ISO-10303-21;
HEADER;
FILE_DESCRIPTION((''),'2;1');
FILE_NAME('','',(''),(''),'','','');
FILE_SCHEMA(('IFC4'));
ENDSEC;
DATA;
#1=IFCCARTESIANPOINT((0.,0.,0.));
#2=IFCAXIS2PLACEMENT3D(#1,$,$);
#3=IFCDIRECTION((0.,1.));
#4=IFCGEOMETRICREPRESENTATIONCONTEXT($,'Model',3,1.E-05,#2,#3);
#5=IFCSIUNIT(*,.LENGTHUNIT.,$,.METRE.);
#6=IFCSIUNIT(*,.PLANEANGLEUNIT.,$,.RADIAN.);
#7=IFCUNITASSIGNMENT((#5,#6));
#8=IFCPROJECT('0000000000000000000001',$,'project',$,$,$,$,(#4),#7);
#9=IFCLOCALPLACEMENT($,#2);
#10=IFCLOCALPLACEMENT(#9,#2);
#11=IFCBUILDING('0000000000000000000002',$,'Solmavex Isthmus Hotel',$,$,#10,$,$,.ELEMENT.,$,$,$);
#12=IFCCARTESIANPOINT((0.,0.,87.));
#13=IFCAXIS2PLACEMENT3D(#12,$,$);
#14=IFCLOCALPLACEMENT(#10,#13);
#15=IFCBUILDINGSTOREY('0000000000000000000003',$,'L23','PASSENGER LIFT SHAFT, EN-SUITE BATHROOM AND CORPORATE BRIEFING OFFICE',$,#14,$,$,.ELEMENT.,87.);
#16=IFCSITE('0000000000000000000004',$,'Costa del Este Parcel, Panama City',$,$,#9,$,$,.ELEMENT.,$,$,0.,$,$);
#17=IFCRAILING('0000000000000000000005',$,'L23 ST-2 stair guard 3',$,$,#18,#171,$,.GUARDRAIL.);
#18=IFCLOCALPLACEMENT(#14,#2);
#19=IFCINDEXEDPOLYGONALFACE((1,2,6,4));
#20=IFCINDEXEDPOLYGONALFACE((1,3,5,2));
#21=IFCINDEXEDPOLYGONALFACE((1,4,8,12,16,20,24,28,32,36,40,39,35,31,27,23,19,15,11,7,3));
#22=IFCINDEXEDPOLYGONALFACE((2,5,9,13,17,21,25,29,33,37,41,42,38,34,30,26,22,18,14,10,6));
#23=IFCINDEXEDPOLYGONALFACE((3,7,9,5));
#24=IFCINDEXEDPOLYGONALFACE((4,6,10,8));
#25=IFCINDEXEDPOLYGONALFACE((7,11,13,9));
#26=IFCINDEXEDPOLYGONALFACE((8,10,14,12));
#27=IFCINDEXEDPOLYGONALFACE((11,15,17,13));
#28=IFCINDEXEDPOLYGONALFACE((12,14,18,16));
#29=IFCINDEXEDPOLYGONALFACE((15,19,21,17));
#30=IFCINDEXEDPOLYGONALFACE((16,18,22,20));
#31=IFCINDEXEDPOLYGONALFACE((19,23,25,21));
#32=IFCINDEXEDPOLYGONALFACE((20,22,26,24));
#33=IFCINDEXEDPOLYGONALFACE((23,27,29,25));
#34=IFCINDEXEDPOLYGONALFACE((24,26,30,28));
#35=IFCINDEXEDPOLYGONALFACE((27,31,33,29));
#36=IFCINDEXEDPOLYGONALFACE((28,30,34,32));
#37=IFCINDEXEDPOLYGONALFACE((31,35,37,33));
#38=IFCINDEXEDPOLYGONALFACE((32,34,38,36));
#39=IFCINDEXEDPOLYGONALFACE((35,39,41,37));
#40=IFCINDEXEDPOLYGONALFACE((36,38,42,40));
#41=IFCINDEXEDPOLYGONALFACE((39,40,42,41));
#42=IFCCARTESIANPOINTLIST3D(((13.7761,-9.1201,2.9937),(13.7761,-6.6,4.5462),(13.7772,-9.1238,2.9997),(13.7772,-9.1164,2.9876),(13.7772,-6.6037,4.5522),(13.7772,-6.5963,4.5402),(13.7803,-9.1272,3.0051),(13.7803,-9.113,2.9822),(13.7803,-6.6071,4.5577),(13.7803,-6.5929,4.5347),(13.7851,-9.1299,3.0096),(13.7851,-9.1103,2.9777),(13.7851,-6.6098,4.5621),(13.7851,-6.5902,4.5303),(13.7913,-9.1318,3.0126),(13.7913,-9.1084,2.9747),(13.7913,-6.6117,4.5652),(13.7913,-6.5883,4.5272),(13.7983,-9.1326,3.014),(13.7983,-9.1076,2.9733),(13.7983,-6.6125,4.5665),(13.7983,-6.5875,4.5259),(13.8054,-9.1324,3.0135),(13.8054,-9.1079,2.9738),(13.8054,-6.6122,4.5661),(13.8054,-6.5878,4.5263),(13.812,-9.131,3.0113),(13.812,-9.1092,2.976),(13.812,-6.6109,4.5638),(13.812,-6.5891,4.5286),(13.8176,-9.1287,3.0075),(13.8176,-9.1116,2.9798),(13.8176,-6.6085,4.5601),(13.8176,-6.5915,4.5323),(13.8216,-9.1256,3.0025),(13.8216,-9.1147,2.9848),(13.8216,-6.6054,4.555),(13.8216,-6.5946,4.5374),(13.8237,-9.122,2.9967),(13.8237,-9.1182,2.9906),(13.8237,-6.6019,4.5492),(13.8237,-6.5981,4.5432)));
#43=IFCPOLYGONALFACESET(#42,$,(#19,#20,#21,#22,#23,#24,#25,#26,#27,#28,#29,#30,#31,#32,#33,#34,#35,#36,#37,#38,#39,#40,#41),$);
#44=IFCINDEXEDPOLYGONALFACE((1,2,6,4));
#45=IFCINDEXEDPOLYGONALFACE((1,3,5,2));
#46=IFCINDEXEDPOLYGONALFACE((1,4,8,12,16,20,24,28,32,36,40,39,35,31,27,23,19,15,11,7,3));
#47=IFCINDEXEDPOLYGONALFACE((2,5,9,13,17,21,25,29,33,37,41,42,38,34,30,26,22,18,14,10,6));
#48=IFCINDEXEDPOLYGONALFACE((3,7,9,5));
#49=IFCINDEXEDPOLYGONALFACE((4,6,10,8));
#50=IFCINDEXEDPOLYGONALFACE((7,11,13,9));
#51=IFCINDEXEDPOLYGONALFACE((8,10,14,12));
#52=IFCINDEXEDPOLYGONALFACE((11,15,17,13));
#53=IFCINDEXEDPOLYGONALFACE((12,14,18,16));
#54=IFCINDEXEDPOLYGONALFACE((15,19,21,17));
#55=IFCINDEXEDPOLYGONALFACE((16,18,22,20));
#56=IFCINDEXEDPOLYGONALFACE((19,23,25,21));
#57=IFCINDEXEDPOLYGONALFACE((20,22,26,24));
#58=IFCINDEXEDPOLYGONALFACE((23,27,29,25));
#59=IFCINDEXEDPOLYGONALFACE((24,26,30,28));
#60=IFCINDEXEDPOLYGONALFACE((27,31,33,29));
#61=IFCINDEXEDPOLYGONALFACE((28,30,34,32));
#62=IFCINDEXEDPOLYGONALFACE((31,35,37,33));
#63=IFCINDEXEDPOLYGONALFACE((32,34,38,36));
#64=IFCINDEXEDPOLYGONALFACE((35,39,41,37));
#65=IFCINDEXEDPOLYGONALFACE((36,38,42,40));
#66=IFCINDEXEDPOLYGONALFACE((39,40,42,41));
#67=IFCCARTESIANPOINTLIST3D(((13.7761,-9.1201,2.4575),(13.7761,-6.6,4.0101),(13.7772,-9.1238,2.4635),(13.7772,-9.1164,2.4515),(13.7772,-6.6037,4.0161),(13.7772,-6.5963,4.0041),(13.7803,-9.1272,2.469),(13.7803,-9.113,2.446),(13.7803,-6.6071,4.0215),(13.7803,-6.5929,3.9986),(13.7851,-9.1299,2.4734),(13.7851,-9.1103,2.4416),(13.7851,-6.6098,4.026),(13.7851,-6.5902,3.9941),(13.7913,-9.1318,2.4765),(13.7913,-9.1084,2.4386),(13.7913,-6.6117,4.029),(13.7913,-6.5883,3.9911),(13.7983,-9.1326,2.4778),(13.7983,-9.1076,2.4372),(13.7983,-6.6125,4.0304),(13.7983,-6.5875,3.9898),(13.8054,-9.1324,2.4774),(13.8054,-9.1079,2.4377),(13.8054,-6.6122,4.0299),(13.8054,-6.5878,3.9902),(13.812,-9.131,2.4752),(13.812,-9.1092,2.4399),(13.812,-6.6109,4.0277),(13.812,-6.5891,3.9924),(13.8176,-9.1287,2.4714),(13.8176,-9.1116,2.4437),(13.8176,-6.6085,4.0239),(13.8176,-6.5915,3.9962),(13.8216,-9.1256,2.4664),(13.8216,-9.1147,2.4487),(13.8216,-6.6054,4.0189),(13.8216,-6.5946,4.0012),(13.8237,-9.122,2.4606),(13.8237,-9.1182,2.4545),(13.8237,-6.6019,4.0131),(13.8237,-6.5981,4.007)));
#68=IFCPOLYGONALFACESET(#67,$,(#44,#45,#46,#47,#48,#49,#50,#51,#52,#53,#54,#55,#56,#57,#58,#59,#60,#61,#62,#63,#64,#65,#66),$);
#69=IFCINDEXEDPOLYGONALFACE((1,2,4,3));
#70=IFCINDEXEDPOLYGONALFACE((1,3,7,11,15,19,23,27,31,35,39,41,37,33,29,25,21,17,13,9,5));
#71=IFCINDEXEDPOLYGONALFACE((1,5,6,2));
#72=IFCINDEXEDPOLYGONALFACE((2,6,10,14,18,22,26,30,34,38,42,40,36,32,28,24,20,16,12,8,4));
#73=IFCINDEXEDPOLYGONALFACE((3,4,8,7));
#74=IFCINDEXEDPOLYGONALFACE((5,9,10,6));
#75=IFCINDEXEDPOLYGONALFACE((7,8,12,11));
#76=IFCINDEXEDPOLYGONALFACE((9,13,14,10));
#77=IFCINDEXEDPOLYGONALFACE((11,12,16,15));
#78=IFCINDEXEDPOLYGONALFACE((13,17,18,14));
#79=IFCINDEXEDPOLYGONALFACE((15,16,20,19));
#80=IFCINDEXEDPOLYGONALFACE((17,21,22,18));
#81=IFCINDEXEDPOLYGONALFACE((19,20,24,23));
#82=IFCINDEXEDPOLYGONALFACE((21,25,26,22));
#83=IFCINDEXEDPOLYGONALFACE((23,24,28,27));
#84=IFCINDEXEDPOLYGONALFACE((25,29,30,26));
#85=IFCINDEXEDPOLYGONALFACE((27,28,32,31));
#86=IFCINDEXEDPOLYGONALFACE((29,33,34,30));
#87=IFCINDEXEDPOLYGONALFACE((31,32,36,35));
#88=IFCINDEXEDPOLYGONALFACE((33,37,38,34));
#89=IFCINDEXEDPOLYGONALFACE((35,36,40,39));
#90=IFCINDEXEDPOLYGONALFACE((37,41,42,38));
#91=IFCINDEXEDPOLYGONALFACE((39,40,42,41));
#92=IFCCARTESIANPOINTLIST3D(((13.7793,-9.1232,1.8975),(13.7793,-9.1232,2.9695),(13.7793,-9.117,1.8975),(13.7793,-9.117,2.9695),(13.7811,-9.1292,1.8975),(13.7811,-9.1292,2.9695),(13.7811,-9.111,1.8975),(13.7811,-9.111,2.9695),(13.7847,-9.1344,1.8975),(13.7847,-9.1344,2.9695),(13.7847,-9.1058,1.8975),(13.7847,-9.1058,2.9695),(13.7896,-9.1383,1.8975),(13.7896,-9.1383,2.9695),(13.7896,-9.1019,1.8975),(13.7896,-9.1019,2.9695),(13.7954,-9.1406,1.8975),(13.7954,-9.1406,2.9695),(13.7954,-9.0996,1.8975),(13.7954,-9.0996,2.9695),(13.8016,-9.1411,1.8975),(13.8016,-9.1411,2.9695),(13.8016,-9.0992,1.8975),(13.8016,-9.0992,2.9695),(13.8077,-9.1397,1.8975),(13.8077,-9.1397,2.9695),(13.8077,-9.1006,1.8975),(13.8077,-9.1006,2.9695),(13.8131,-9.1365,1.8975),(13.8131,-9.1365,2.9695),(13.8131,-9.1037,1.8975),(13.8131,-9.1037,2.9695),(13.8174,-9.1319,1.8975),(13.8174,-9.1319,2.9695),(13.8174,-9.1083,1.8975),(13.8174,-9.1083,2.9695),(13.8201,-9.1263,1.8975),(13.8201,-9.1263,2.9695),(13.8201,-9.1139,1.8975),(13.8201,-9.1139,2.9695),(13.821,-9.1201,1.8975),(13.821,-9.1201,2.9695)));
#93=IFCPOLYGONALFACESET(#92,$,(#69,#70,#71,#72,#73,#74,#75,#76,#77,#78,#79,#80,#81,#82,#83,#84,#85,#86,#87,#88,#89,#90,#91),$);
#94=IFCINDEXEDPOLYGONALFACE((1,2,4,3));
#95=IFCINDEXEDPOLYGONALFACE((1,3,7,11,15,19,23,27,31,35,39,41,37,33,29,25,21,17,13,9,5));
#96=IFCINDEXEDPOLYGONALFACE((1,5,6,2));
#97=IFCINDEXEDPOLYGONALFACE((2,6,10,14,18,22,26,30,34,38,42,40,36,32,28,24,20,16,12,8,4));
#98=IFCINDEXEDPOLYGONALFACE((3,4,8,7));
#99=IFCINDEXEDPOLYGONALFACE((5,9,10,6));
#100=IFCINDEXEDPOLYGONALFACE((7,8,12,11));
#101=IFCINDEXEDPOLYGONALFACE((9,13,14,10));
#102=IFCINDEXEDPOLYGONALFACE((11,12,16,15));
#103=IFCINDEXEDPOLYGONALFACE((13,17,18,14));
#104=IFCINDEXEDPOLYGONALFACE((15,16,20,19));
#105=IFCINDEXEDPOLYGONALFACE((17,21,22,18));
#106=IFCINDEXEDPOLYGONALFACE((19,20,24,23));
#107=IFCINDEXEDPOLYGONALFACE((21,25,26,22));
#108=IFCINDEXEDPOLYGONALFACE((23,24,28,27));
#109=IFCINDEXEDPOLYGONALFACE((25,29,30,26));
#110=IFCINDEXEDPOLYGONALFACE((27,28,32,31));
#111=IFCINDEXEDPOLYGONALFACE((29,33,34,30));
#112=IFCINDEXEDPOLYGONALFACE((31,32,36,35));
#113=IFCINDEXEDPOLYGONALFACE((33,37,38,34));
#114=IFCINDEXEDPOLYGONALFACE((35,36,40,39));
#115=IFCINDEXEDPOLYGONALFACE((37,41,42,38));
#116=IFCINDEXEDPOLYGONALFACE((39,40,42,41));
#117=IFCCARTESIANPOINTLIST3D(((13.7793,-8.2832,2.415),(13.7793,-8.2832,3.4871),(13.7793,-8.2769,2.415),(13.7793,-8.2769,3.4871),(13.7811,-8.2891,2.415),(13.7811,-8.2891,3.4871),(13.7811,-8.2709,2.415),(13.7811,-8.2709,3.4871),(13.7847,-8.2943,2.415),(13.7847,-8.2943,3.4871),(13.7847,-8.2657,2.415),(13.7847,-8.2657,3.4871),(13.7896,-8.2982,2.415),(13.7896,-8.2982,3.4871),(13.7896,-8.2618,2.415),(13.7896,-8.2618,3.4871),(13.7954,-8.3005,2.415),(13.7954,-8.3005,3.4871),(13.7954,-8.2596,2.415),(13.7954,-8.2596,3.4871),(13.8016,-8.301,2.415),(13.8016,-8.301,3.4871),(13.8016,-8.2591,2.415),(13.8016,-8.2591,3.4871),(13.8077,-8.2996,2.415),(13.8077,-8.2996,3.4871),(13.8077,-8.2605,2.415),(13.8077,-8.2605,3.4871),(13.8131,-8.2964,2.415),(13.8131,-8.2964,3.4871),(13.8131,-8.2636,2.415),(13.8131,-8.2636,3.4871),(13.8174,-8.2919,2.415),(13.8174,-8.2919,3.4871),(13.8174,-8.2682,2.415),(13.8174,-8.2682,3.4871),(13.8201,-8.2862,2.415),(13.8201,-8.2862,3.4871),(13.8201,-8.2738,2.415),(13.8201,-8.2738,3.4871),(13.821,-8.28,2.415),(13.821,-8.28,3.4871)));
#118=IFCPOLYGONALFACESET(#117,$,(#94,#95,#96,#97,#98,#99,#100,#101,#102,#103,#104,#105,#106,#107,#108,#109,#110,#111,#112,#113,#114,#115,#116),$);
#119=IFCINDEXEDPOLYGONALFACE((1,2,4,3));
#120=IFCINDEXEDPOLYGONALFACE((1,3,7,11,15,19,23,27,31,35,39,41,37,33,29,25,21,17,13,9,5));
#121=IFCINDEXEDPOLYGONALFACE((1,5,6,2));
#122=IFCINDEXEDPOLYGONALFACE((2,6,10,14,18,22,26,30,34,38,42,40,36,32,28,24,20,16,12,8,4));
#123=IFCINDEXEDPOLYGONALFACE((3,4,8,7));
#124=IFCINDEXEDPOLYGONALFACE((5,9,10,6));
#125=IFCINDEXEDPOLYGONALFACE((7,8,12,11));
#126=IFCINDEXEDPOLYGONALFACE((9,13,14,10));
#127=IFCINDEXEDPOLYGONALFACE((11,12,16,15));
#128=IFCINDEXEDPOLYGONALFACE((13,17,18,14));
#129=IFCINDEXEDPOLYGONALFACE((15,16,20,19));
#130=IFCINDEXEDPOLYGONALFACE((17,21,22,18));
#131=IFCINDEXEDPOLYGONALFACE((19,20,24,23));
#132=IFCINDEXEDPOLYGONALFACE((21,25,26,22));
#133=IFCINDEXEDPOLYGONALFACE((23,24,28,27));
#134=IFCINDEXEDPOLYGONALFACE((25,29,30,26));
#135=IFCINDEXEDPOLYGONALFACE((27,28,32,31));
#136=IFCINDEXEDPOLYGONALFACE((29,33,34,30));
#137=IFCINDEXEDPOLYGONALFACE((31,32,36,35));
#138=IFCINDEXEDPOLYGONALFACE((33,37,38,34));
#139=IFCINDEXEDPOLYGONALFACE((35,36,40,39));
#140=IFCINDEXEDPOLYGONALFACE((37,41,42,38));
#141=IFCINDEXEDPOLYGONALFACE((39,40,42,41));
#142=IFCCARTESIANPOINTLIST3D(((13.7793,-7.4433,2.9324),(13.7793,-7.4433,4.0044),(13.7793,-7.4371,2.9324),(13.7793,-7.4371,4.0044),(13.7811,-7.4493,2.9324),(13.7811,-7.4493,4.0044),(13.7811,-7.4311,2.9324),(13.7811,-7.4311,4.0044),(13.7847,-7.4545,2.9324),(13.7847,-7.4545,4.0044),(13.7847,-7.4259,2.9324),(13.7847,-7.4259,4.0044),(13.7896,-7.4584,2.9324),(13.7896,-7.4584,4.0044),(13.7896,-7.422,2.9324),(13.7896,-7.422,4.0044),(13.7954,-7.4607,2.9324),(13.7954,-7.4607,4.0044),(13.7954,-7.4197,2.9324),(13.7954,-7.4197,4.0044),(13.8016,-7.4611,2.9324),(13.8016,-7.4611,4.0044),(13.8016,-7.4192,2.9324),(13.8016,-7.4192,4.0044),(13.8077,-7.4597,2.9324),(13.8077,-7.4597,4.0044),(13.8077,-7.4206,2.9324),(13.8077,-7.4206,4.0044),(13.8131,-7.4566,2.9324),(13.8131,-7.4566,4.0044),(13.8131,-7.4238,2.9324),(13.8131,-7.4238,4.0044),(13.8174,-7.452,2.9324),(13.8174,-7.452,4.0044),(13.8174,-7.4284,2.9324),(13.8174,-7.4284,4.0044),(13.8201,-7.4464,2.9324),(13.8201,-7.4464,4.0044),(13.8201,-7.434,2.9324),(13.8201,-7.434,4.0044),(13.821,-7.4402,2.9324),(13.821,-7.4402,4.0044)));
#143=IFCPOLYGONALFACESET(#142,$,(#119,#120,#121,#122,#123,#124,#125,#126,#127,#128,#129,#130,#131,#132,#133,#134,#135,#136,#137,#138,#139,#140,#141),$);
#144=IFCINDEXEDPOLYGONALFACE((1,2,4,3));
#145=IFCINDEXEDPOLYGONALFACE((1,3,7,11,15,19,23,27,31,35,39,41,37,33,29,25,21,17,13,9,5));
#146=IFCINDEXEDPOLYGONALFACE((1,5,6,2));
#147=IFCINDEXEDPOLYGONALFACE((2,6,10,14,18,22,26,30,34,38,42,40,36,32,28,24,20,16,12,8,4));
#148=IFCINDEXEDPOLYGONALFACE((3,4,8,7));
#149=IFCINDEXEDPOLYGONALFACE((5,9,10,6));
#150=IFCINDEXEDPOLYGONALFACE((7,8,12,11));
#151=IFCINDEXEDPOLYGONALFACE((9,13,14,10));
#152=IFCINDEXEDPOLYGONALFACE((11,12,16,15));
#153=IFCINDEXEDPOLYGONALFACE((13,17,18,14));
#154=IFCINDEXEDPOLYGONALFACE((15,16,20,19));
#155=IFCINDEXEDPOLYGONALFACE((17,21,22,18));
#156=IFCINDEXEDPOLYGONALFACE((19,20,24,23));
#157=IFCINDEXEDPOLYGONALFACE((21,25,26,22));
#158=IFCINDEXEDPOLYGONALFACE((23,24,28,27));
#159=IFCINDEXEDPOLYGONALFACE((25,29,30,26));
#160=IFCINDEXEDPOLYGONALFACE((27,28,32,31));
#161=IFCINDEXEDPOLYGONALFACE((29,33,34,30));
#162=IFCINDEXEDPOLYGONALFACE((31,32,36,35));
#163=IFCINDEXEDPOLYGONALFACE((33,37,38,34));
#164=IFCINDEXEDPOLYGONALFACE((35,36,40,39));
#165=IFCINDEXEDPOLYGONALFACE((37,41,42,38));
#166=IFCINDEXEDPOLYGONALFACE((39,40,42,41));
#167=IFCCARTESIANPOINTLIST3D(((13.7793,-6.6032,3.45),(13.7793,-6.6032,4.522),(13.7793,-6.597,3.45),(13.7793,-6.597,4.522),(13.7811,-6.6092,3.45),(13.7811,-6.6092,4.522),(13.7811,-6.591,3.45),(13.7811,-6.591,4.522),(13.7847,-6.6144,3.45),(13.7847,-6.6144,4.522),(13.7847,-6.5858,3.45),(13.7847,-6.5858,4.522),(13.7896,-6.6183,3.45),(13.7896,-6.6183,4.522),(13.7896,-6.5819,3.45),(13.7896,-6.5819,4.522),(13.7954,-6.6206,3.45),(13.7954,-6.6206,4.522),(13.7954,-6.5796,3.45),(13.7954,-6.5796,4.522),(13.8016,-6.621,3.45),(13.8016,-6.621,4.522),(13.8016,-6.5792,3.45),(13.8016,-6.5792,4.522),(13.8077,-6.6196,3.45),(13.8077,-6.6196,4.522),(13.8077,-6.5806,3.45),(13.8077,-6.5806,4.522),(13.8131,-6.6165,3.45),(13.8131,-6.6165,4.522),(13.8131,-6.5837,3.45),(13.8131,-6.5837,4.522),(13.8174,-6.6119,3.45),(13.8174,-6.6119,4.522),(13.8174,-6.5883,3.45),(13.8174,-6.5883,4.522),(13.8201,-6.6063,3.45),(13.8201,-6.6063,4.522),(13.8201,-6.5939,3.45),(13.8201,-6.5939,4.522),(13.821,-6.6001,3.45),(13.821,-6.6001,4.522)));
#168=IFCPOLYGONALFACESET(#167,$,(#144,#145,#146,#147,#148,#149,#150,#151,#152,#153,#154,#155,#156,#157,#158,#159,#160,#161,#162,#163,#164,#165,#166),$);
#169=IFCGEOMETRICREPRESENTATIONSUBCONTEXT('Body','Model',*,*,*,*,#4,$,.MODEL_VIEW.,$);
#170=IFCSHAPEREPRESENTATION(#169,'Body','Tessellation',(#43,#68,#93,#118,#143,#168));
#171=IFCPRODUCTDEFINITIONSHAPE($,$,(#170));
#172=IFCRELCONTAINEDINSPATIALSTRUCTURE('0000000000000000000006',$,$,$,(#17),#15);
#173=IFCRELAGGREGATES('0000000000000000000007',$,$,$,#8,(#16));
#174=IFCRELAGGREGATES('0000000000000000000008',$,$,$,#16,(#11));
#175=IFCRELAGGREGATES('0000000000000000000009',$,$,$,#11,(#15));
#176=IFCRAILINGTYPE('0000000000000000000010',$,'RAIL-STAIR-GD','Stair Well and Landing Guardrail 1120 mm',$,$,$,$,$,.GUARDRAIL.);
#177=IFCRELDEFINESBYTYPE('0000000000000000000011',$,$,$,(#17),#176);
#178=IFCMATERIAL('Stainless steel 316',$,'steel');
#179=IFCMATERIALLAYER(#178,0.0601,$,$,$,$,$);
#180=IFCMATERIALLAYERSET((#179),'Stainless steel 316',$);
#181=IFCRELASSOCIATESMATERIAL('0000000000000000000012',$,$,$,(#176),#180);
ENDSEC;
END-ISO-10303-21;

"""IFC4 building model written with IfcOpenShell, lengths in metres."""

from ifc_helpers import new_model, si_unit, direction, frame, origin, origin_2d, place, context, subcontext, project, spatial, circle, extrude, material, layer, layer_set, type_object, element, save


model = new_model("IFC4")

# Units and contexts
model_context = context("Model", 3, precision=1e-05, world=origin(), true_north=direction((0.0, 1.0)))
body_context = subcontext(model_context, "Body", "Model", "MODEL_VIEW")
ifc_project = project(units=[si_unit("LENGTHUNIT", "METRE"), si_unit("PLANEANGLEUNIT", "RADIAN")], contexts=[model_context])

# Site, building, storey
site_placement = place(None, origin())
site = spatial("IfcSite", under=ifc_project, at=site_placement, Name="Costa del Este Parcel, Panama City", CompositionType="ELEMENT", RefElevation=0.0)
building_placement = place(site_placement, origin())
building = spatial("IfcBuilding", under=site, at=building_placement, Name="Solmavex Isthmus Hotel", CompositionType="ELEMENT")
storey_placement = place(building_placement, frame((0.0, 0.0, 87.0)))
storey = spatial("IfcBuildingStorey", under=building, at=storey_placement, Name="L23", Description="PASSENGER LIFT SHAFT, EN-SUITE BATHROOM AND CORPORATE BRIEFING OFFICE", CompositionType="ELEMENT", Elevation=87.0)

# Railing
ifc_material_1 = material(Name="Stainless steel 316", Category="steel")
ifc_layer_1 = layer(ifc_material_1, 0.0601)
ifc_layer_set_1 = layer_set([ifc_layer_1], Name="Stainless steel 316")
railing_type_1 = type_object("IfcRailingType", Name="RAIL-STAIR-GD", Description="Stair Well and Landing Guardrail 1120 mm", PredefinedType="GUARDRAIL", material=ifc_layer_set_1)
railing_1_placement = place(storey_placement, frame((13.8, -9.1201, 1.8975)))
element("IfcRailing", 1, at=railing_1_placement, inside=storey, type_object=railing_type_1, Name="L23 ST-2 stair guard 3", PredefinedType="GUARDRAIL", context=body_context, shape_type="SweptSolid", body=[
    extrude(circle(Radius=0.0239, at=origin_2d()), frame((0.0, 0.0, 1.0962), z_axis=(0.0, 0.8514, 0.524516), x_axis=(-1.0, 0.0, 0.0)), (0.0, 0.0, 1.0), 2.96),
    extrude(circle(Radius=0.0239, at=origin_2d()), frame((0.0, 0.0, 0.5601), z_axis=(0.0, 0.8514, 0.524516), x_axis=(-1.0, 0.0, 0.0)), (0.0, 0.0, 1.0), 2.96),
    extrude(circle(Radius=0.021, at=origin_2d()), origin(), (0.0, 0.0, 1.0), 1.072),
    extrude(circle(Radius=0.021, at=origin_2d()), frame((0.0, 0.8401, 0.5176)), (0.0, 0.0, 1.0), 1.072),
    extrude(circle(Radius=0.021, at=origin_2d()), frame((0.0, 1.6799, 1.0349)), (0.0, 0.0, 1.0), 1.072),
    extrude(circle(Radius=0.021, at=origin_2d()), frame((0.0, 2.52, 1.5525)), (0.0, 0.0, 1.0), 1.072),
])

save(model, "model.ifc")
